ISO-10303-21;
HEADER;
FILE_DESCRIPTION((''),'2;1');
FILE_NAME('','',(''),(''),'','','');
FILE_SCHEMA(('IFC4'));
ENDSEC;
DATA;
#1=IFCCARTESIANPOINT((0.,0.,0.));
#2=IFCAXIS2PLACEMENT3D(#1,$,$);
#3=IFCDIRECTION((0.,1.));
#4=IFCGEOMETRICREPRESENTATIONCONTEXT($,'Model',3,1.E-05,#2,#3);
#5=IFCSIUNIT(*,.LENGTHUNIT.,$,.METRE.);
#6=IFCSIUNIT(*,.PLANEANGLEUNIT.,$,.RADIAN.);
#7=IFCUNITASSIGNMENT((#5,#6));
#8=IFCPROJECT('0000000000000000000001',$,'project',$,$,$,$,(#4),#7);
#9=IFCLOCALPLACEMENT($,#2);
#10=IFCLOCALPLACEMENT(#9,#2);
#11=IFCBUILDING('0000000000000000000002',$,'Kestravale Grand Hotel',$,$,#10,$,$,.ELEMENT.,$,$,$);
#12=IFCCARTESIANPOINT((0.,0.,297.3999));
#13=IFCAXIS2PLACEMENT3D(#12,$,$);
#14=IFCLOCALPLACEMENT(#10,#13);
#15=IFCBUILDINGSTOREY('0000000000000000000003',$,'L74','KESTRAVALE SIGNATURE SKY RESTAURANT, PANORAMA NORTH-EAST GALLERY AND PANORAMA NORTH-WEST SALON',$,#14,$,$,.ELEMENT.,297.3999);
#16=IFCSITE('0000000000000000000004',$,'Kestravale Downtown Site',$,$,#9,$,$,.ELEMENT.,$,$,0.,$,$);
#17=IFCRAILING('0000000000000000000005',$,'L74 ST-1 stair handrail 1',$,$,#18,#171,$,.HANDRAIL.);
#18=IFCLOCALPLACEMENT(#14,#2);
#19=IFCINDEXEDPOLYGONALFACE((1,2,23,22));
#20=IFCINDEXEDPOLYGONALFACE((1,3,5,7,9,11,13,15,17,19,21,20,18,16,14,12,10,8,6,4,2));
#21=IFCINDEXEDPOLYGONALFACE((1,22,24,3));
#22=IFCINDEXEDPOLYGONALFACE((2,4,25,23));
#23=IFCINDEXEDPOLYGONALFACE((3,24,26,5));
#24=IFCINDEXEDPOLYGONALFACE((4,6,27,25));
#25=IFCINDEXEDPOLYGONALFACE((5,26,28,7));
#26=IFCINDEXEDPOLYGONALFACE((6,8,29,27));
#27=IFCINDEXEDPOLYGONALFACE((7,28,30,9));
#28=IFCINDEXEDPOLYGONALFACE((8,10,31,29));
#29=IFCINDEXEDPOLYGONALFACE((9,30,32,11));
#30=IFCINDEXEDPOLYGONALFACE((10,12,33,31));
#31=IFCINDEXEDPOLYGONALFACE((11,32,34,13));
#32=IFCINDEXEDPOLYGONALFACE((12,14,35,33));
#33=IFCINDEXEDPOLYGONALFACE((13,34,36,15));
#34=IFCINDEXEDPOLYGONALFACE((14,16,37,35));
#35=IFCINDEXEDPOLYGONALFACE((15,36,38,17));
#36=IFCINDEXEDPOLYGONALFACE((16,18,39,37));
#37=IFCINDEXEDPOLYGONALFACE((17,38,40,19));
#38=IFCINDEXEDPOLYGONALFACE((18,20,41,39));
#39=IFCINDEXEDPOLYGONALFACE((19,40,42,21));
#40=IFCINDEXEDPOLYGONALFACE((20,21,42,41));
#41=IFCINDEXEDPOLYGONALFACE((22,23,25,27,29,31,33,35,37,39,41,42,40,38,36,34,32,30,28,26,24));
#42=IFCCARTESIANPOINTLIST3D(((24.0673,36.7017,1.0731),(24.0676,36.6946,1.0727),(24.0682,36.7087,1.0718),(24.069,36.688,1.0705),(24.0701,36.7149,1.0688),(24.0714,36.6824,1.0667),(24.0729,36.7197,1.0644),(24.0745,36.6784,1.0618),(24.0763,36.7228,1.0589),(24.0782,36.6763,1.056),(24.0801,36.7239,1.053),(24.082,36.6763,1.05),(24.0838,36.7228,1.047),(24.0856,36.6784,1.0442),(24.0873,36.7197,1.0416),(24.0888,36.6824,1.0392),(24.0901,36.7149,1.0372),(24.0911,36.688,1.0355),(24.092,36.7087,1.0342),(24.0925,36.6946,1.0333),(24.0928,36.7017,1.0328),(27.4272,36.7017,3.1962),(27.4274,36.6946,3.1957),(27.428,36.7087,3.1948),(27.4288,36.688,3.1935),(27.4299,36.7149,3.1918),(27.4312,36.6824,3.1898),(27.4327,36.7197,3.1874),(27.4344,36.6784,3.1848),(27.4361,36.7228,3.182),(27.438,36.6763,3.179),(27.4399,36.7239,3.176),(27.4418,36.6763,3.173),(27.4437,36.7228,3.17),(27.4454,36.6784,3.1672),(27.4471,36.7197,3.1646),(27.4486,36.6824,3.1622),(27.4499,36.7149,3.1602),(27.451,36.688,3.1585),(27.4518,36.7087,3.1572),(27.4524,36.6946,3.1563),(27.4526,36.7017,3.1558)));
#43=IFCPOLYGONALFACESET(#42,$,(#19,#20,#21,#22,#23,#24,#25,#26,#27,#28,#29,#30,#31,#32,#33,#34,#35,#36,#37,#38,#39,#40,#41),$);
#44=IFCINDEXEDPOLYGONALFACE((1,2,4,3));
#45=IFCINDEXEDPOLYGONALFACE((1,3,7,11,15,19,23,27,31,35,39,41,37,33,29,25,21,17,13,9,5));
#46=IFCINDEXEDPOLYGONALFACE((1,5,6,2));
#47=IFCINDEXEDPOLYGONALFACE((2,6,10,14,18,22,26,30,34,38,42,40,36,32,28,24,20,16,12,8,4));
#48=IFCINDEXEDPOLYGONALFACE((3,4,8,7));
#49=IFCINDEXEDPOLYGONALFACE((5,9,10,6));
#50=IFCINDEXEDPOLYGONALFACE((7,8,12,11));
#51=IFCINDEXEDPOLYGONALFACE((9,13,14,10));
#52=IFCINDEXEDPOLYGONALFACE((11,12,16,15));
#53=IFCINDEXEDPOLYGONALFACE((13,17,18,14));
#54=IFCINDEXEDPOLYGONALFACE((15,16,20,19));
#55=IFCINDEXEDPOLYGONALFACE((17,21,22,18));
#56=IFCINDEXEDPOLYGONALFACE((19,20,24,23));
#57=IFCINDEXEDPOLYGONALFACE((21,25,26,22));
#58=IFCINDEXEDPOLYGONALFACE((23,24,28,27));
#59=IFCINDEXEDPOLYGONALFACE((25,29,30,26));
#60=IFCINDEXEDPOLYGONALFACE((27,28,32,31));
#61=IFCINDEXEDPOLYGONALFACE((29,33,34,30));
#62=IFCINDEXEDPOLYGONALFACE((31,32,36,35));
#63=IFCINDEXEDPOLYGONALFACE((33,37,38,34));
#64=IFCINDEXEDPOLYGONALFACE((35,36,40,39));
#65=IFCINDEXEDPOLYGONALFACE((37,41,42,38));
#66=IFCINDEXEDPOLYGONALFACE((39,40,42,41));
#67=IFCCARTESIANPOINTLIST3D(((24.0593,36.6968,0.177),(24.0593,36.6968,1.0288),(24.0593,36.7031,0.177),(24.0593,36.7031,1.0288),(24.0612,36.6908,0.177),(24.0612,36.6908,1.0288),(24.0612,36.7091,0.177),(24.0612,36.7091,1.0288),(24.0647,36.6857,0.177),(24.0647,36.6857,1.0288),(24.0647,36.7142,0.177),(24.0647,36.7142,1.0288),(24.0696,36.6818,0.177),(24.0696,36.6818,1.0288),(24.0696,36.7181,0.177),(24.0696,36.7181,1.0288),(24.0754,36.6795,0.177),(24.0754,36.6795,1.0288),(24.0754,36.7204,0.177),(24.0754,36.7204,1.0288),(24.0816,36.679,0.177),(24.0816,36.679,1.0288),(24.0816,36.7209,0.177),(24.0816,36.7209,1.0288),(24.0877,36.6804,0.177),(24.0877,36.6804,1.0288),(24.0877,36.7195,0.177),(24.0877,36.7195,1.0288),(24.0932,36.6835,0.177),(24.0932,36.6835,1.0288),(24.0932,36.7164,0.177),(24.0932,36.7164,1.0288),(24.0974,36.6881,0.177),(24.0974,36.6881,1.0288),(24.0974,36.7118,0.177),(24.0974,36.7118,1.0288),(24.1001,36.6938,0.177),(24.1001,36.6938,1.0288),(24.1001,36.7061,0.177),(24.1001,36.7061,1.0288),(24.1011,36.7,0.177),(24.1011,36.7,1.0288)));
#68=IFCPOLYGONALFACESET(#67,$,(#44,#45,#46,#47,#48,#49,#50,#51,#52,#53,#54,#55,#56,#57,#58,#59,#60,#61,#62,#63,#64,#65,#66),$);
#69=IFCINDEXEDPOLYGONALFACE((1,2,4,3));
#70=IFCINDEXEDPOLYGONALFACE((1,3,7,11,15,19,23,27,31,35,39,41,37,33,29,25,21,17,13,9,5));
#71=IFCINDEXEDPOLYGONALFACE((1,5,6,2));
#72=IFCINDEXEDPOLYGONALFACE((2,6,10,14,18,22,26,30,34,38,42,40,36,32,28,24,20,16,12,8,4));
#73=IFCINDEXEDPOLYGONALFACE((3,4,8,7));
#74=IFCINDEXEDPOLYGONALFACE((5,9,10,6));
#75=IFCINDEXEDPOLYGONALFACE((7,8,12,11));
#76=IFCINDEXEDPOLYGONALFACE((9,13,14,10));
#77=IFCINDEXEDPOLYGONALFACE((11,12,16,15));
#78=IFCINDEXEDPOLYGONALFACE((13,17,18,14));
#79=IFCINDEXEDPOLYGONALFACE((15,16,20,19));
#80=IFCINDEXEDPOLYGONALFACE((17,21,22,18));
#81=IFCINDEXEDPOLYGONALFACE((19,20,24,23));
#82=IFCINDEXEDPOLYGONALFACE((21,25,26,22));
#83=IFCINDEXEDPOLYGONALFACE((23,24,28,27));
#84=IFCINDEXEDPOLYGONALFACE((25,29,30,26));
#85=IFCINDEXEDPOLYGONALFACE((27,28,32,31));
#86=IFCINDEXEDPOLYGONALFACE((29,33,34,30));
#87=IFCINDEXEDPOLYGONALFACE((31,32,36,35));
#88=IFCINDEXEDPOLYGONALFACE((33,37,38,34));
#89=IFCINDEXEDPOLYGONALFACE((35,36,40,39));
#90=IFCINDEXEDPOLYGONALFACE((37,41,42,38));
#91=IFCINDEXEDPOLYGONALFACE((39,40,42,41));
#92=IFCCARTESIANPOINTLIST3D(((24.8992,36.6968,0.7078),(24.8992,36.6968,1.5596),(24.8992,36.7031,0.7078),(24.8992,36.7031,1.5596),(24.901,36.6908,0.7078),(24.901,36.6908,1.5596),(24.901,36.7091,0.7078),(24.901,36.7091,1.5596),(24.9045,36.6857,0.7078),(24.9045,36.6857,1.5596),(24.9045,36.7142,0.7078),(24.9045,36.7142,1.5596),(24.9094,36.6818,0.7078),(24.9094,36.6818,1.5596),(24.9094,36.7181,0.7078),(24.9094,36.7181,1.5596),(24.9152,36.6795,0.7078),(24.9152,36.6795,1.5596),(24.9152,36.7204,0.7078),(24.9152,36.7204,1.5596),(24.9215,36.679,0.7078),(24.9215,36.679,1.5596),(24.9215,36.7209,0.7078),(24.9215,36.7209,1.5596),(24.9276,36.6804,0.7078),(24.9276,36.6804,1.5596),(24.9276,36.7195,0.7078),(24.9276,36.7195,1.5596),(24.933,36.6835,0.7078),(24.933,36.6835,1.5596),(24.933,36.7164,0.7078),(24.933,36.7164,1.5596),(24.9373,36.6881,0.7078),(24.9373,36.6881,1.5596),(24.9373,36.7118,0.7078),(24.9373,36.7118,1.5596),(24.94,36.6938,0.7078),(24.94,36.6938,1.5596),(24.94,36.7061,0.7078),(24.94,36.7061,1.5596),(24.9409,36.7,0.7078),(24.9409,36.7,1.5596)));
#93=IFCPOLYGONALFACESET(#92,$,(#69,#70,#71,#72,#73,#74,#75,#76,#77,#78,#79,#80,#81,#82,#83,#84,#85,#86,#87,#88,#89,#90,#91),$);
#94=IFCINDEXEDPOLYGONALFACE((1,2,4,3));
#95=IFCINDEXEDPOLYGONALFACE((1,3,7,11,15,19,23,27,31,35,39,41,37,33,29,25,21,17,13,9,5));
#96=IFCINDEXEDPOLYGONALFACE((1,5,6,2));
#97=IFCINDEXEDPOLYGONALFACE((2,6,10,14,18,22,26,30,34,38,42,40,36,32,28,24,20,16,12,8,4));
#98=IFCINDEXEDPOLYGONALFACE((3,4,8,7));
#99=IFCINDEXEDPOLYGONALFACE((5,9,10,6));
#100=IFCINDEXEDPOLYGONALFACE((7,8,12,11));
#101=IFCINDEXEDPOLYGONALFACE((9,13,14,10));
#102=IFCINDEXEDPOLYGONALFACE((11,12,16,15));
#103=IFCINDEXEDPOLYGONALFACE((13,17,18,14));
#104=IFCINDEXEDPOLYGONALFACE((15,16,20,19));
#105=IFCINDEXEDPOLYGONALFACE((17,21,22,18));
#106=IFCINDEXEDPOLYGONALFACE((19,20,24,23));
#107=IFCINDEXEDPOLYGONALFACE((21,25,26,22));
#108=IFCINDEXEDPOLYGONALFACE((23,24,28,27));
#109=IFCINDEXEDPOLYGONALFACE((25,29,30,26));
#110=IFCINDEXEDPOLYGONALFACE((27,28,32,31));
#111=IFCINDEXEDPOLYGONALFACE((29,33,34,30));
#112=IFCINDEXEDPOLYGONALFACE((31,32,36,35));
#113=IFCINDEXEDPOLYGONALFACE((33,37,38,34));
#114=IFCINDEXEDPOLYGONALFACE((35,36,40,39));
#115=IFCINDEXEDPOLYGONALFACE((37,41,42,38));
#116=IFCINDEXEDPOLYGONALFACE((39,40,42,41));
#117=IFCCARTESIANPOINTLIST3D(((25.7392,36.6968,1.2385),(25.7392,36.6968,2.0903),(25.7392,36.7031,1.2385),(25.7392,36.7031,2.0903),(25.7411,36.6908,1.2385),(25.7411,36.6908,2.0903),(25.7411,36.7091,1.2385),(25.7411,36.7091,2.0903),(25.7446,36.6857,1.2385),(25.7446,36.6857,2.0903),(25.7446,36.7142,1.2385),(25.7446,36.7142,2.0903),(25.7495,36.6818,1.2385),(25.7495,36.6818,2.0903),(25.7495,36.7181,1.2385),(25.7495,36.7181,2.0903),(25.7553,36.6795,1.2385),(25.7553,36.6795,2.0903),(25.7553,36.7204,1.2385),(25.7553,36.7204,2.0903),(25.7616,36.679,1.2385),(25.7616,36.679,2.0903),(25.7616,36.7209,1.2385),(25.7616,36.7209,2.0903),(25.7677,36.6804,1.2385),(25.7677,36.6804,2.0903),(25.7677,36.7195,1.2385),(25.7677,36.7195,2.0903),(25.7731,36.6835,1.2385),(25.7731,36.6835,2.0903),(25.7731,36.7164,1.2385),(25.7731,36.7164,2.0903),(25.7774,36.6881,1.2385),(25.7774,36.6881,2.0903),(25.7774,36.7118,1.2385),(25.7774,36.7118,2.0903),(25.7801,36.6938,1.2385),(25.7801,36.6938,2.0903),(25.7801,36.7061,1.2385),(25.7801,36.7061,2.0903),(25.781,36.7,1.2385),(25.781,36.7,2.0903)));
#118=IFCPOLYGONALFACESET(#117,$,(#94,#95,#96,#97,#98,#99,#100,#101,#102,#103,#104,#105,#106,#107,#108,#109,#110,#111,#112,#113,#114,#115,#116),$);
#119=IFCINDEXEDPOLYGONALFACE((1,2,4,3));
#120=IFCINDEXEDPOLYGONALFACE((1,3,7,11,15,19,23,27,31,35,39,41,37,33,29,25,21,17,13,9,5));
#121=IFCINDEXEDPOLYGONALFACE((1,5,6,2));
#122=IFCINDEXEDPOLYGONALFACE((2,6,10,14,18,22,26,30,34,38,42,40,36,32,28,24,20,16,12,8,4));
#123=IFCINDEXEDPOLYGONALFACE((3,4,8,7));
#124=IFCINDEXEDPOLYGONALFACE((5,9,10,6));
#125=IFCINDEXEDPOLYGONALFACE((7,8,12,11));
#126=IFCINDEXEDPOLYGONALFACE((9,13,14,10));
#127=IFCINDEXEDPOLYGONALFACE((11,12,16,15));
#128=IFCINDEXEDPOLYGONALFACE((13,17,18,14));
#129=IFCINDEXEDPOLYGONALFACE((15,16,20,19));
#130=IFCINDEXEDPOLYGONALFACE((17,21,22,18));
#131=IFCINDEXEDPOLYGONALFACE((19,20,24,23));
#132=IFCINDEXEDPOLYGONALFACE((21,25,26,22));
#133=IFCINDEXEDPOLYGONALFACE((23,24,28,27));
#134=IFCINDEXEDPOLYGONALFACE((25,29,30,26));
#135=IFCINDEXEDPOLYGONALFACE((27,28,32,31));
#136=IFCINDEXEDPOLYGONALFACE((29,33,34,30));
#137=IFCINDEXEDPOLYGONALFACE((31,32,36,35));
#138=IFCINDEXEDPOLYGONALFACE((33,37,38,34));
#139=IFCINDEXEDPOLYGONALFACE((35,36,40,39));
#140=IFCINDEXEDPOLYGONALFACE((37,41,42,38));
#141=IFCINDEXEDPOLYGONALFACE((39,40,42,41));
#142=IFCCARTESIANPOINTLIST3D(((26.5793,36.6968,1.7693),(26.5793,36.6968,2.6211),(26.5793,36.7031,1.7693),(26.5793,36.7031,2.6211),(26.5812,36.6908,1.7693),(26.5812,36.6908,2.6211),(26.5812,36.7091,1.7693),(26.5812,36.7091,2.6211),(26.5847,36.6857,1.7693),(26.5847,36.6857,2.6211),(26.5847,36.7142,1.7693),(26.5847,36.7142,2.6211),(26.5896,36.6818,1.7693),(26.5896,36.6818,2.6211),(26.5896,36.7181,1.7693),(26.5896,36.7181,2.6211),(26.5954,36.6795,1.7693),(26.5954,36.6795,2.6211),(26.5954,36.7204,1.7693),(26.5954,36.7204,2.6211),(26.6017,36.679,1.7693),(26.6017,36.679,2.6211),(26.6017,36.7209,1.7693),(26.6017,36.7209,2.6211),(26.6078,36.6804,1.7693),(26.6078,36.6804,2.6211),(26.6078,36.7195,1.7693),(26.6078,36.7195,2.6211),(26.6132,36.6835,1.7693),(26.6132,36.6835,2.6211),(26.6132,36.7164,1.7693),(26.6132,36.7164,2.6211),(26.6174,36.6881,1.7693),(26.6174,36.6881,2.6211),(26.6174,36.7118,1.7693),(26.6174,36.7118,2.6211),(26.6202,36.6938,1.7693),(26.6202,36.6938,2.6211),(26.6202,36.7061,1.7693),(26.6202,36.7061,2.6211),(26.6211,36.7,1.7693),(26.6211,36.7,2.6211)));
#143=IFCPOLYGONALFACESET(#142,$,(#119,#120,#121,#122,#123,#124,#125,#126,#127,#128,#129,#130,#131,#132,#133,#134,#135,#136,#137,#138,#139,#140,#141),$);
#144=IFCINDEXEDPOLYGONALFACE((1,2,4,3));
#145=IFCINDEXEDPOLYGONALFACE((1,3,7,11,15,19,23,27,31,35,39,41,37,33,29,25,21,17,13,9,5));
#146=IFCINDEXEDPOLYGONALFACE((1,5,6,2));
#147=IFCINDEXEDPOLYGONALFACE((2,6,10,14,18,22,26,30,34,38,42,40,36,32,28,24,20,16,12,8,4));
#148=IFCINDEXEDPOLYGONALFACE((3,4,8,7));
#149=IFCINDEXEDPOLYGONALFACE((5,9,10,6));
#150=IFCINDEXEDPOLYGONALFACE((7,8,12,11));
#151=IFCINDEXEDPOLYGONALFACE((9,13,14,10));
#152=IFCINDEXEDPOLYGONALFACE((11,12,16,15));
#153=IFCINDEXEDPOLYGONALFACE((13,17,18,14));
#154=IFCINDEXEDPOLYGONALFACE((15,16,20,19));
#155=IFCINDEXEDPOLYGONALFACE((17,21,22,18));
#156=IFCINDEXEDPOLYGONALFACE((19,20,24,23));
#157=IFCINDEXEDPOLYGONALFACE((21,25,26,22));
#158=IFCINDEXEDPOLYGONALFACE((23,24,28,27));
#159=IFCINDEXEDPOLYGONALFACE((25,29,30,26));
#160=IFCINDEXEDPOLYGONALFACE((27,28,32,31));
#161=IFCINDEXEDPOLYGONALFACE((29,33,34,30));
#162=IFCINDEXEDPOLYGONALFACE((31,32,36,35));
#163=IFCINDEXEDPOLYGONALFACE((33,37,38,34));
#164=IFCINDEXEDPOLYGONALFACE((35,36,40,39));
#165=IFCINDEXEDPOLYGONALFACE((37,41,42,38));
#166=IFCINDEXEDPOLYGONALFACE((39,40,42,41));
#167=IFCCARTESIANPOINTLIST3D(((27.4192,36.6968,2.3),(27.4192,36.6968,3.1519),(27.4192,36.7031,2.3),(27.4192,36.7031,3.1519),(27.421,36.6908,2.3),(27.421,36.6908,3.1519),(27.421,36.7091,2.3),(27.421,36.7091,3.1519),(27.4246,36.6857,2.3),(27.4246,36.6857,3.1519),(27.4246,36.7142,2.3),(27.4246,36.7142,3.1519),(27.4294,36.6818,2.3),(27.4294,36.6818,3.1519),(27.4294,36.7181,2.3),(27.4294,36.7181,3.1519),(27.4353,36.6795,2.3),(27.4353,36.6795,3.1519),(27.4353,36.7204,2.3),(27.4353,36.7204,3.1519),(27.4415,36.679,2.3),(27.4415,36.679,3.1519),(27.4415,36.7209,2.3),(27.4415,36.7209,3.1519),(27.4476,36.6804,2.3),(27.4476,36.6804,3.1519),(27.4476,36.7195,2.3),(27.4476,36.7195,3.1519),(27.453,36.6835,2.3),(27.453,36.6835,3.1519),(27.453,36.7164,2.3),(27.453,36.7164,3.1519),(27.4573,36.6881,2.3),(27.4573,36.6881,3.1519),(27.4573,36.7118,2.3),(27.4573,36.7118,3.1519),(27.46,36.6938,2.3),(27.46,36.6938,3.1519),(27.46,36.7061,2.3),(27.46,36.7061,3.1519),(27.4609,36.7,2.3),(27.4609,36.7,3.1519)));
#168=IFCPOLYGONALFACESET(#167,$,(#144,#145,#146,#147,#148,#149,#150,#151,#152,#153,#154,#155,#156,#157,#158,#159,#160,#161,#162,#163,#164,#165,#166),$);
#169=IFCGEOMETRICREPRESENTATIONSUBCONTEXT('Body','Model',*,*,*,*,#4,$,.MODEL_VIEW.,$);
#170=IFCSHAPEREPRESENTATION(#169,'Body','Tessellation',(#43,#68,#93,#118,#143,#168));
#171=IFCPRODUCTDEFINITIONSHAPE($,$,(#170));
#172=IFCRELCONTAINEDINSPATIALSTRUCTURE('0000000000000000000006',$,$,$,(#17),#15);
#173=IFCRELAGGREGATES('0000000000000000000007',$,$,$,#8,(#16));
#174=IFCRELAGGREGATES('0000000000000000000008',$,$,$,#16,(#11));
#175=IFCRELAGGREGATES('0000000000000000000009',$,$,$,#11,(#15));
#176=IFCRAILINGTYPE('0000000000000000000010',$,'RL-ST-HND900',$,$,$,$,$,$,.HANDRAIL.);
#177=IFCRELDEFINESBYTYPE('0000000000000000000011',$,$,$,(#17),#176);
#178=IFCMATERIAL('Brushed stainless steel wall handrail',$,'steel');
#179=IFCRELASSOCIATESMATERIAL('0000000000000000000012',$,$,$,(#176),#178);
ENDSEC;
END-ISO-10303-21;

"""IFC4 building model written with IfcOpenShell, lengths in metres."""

from ifc_helpers import new_model, si_unit, direction, frame, origin, origin_2d, place, context, subcontext, project, spatial, circle, extrude, material, type_object, element, save


model = new_model("IFC4")

# Units and contexts
model_context = context("Model", 3, precision=1e-05, world=origin(), true_north=direction((0.0, 1.0)))
body_context = subcontext(model_context, "Body", "Model", "MODEL_VIEW")
ifc_project = project(units=[si_unit("LENGTHUNIT", "METRE"), si_unit("PLANEANGLEUNIT", "RADIAN")], contexts=[model_context])

# Site, building, storey
site_placement = place(None, origin())
site = spatial("IfcSite", under=ifc_project, at=site_placement, Name="Kestravale Downtown Site", CompositionType="ELEMENT", RefElevation=0.0)
building_placement = place(site_placement, origin())
building = spatial("IfcBuilding", under=site, at=building_placement, Name="Kestravale Grand Hotel", CompositionType="ELEMENT")
storey_placement = place(building_placement, frame((0.0, 0.0, 297.3999)))
storey = spatial("IfcBuildingStorey", under=building, at=storey_placement, Name="L74", Description="KESTRAVALE SIGNATURE SKY RESTAURANT, PANORAMA NORTH-EAST GALLERY AND PANORAMA NORTH-WEST SALON", CompositionType="ELEMENT", Elevation=297.3999)

# Railing
ifc_material_1 = material(Name="Brushed stainless steel wall handrail", Category="steel")
railing_type_1 = type_object("IfcRailingType", Name="RL-ST-HND900", PredefinedType="HANDRAIL", material=ifc_material_1)
railing_1_placement = place(storey_placement, frame((24.0801, 36.7, 0.177)))
element("IfcRailing", 1, at=railing_1_placement, inside=storey, type_object=railing_type_1, Name="L74 ST-1 stair handrail 1", PredefinedType="HANDRAIL", context=body_context, shape_type="SweptSolid", body=[
    extrude(circle(Radius=0.0239, at=origin_2d()), frame((0.0, 0.0, 0.876), z_axis=(0.845372, 0.0, 0.534178), x_axis=(0.0, 1.0, 0.0)), (0.0, 0.0, 1.0), 3.9744),
    extrude(circle(Radius=0.021, at=origin_2d()), origin(), (0.0, 0.0, 1.0), 0.8518),
    extrude(circle(Radius=0.021, at=origin_2d()), frame((0.8398, 0.0, 0.5308)), (0.0, 0.0, 1.0), 0.8518),
    extrude(circle(Radius=0.021, at=origin_2d()), frame((1.6799, 0.0, 1.0615)), (0.0, 0.0, 1.0), 0.8518),
    extrude(circle(Radius=0.021, at=origin_2d()), frame((2.52, 0.0, 1.5923)), (0.0, 0.0, 1.0), 0.8518),
    extrude(circle(Radius=0.021, at=origin_2d()), frame((3.3599, 0.0, 2.123)), (0.0, 0.0, 1.0), 0.8518),
])

save(model, "model.ifc")
